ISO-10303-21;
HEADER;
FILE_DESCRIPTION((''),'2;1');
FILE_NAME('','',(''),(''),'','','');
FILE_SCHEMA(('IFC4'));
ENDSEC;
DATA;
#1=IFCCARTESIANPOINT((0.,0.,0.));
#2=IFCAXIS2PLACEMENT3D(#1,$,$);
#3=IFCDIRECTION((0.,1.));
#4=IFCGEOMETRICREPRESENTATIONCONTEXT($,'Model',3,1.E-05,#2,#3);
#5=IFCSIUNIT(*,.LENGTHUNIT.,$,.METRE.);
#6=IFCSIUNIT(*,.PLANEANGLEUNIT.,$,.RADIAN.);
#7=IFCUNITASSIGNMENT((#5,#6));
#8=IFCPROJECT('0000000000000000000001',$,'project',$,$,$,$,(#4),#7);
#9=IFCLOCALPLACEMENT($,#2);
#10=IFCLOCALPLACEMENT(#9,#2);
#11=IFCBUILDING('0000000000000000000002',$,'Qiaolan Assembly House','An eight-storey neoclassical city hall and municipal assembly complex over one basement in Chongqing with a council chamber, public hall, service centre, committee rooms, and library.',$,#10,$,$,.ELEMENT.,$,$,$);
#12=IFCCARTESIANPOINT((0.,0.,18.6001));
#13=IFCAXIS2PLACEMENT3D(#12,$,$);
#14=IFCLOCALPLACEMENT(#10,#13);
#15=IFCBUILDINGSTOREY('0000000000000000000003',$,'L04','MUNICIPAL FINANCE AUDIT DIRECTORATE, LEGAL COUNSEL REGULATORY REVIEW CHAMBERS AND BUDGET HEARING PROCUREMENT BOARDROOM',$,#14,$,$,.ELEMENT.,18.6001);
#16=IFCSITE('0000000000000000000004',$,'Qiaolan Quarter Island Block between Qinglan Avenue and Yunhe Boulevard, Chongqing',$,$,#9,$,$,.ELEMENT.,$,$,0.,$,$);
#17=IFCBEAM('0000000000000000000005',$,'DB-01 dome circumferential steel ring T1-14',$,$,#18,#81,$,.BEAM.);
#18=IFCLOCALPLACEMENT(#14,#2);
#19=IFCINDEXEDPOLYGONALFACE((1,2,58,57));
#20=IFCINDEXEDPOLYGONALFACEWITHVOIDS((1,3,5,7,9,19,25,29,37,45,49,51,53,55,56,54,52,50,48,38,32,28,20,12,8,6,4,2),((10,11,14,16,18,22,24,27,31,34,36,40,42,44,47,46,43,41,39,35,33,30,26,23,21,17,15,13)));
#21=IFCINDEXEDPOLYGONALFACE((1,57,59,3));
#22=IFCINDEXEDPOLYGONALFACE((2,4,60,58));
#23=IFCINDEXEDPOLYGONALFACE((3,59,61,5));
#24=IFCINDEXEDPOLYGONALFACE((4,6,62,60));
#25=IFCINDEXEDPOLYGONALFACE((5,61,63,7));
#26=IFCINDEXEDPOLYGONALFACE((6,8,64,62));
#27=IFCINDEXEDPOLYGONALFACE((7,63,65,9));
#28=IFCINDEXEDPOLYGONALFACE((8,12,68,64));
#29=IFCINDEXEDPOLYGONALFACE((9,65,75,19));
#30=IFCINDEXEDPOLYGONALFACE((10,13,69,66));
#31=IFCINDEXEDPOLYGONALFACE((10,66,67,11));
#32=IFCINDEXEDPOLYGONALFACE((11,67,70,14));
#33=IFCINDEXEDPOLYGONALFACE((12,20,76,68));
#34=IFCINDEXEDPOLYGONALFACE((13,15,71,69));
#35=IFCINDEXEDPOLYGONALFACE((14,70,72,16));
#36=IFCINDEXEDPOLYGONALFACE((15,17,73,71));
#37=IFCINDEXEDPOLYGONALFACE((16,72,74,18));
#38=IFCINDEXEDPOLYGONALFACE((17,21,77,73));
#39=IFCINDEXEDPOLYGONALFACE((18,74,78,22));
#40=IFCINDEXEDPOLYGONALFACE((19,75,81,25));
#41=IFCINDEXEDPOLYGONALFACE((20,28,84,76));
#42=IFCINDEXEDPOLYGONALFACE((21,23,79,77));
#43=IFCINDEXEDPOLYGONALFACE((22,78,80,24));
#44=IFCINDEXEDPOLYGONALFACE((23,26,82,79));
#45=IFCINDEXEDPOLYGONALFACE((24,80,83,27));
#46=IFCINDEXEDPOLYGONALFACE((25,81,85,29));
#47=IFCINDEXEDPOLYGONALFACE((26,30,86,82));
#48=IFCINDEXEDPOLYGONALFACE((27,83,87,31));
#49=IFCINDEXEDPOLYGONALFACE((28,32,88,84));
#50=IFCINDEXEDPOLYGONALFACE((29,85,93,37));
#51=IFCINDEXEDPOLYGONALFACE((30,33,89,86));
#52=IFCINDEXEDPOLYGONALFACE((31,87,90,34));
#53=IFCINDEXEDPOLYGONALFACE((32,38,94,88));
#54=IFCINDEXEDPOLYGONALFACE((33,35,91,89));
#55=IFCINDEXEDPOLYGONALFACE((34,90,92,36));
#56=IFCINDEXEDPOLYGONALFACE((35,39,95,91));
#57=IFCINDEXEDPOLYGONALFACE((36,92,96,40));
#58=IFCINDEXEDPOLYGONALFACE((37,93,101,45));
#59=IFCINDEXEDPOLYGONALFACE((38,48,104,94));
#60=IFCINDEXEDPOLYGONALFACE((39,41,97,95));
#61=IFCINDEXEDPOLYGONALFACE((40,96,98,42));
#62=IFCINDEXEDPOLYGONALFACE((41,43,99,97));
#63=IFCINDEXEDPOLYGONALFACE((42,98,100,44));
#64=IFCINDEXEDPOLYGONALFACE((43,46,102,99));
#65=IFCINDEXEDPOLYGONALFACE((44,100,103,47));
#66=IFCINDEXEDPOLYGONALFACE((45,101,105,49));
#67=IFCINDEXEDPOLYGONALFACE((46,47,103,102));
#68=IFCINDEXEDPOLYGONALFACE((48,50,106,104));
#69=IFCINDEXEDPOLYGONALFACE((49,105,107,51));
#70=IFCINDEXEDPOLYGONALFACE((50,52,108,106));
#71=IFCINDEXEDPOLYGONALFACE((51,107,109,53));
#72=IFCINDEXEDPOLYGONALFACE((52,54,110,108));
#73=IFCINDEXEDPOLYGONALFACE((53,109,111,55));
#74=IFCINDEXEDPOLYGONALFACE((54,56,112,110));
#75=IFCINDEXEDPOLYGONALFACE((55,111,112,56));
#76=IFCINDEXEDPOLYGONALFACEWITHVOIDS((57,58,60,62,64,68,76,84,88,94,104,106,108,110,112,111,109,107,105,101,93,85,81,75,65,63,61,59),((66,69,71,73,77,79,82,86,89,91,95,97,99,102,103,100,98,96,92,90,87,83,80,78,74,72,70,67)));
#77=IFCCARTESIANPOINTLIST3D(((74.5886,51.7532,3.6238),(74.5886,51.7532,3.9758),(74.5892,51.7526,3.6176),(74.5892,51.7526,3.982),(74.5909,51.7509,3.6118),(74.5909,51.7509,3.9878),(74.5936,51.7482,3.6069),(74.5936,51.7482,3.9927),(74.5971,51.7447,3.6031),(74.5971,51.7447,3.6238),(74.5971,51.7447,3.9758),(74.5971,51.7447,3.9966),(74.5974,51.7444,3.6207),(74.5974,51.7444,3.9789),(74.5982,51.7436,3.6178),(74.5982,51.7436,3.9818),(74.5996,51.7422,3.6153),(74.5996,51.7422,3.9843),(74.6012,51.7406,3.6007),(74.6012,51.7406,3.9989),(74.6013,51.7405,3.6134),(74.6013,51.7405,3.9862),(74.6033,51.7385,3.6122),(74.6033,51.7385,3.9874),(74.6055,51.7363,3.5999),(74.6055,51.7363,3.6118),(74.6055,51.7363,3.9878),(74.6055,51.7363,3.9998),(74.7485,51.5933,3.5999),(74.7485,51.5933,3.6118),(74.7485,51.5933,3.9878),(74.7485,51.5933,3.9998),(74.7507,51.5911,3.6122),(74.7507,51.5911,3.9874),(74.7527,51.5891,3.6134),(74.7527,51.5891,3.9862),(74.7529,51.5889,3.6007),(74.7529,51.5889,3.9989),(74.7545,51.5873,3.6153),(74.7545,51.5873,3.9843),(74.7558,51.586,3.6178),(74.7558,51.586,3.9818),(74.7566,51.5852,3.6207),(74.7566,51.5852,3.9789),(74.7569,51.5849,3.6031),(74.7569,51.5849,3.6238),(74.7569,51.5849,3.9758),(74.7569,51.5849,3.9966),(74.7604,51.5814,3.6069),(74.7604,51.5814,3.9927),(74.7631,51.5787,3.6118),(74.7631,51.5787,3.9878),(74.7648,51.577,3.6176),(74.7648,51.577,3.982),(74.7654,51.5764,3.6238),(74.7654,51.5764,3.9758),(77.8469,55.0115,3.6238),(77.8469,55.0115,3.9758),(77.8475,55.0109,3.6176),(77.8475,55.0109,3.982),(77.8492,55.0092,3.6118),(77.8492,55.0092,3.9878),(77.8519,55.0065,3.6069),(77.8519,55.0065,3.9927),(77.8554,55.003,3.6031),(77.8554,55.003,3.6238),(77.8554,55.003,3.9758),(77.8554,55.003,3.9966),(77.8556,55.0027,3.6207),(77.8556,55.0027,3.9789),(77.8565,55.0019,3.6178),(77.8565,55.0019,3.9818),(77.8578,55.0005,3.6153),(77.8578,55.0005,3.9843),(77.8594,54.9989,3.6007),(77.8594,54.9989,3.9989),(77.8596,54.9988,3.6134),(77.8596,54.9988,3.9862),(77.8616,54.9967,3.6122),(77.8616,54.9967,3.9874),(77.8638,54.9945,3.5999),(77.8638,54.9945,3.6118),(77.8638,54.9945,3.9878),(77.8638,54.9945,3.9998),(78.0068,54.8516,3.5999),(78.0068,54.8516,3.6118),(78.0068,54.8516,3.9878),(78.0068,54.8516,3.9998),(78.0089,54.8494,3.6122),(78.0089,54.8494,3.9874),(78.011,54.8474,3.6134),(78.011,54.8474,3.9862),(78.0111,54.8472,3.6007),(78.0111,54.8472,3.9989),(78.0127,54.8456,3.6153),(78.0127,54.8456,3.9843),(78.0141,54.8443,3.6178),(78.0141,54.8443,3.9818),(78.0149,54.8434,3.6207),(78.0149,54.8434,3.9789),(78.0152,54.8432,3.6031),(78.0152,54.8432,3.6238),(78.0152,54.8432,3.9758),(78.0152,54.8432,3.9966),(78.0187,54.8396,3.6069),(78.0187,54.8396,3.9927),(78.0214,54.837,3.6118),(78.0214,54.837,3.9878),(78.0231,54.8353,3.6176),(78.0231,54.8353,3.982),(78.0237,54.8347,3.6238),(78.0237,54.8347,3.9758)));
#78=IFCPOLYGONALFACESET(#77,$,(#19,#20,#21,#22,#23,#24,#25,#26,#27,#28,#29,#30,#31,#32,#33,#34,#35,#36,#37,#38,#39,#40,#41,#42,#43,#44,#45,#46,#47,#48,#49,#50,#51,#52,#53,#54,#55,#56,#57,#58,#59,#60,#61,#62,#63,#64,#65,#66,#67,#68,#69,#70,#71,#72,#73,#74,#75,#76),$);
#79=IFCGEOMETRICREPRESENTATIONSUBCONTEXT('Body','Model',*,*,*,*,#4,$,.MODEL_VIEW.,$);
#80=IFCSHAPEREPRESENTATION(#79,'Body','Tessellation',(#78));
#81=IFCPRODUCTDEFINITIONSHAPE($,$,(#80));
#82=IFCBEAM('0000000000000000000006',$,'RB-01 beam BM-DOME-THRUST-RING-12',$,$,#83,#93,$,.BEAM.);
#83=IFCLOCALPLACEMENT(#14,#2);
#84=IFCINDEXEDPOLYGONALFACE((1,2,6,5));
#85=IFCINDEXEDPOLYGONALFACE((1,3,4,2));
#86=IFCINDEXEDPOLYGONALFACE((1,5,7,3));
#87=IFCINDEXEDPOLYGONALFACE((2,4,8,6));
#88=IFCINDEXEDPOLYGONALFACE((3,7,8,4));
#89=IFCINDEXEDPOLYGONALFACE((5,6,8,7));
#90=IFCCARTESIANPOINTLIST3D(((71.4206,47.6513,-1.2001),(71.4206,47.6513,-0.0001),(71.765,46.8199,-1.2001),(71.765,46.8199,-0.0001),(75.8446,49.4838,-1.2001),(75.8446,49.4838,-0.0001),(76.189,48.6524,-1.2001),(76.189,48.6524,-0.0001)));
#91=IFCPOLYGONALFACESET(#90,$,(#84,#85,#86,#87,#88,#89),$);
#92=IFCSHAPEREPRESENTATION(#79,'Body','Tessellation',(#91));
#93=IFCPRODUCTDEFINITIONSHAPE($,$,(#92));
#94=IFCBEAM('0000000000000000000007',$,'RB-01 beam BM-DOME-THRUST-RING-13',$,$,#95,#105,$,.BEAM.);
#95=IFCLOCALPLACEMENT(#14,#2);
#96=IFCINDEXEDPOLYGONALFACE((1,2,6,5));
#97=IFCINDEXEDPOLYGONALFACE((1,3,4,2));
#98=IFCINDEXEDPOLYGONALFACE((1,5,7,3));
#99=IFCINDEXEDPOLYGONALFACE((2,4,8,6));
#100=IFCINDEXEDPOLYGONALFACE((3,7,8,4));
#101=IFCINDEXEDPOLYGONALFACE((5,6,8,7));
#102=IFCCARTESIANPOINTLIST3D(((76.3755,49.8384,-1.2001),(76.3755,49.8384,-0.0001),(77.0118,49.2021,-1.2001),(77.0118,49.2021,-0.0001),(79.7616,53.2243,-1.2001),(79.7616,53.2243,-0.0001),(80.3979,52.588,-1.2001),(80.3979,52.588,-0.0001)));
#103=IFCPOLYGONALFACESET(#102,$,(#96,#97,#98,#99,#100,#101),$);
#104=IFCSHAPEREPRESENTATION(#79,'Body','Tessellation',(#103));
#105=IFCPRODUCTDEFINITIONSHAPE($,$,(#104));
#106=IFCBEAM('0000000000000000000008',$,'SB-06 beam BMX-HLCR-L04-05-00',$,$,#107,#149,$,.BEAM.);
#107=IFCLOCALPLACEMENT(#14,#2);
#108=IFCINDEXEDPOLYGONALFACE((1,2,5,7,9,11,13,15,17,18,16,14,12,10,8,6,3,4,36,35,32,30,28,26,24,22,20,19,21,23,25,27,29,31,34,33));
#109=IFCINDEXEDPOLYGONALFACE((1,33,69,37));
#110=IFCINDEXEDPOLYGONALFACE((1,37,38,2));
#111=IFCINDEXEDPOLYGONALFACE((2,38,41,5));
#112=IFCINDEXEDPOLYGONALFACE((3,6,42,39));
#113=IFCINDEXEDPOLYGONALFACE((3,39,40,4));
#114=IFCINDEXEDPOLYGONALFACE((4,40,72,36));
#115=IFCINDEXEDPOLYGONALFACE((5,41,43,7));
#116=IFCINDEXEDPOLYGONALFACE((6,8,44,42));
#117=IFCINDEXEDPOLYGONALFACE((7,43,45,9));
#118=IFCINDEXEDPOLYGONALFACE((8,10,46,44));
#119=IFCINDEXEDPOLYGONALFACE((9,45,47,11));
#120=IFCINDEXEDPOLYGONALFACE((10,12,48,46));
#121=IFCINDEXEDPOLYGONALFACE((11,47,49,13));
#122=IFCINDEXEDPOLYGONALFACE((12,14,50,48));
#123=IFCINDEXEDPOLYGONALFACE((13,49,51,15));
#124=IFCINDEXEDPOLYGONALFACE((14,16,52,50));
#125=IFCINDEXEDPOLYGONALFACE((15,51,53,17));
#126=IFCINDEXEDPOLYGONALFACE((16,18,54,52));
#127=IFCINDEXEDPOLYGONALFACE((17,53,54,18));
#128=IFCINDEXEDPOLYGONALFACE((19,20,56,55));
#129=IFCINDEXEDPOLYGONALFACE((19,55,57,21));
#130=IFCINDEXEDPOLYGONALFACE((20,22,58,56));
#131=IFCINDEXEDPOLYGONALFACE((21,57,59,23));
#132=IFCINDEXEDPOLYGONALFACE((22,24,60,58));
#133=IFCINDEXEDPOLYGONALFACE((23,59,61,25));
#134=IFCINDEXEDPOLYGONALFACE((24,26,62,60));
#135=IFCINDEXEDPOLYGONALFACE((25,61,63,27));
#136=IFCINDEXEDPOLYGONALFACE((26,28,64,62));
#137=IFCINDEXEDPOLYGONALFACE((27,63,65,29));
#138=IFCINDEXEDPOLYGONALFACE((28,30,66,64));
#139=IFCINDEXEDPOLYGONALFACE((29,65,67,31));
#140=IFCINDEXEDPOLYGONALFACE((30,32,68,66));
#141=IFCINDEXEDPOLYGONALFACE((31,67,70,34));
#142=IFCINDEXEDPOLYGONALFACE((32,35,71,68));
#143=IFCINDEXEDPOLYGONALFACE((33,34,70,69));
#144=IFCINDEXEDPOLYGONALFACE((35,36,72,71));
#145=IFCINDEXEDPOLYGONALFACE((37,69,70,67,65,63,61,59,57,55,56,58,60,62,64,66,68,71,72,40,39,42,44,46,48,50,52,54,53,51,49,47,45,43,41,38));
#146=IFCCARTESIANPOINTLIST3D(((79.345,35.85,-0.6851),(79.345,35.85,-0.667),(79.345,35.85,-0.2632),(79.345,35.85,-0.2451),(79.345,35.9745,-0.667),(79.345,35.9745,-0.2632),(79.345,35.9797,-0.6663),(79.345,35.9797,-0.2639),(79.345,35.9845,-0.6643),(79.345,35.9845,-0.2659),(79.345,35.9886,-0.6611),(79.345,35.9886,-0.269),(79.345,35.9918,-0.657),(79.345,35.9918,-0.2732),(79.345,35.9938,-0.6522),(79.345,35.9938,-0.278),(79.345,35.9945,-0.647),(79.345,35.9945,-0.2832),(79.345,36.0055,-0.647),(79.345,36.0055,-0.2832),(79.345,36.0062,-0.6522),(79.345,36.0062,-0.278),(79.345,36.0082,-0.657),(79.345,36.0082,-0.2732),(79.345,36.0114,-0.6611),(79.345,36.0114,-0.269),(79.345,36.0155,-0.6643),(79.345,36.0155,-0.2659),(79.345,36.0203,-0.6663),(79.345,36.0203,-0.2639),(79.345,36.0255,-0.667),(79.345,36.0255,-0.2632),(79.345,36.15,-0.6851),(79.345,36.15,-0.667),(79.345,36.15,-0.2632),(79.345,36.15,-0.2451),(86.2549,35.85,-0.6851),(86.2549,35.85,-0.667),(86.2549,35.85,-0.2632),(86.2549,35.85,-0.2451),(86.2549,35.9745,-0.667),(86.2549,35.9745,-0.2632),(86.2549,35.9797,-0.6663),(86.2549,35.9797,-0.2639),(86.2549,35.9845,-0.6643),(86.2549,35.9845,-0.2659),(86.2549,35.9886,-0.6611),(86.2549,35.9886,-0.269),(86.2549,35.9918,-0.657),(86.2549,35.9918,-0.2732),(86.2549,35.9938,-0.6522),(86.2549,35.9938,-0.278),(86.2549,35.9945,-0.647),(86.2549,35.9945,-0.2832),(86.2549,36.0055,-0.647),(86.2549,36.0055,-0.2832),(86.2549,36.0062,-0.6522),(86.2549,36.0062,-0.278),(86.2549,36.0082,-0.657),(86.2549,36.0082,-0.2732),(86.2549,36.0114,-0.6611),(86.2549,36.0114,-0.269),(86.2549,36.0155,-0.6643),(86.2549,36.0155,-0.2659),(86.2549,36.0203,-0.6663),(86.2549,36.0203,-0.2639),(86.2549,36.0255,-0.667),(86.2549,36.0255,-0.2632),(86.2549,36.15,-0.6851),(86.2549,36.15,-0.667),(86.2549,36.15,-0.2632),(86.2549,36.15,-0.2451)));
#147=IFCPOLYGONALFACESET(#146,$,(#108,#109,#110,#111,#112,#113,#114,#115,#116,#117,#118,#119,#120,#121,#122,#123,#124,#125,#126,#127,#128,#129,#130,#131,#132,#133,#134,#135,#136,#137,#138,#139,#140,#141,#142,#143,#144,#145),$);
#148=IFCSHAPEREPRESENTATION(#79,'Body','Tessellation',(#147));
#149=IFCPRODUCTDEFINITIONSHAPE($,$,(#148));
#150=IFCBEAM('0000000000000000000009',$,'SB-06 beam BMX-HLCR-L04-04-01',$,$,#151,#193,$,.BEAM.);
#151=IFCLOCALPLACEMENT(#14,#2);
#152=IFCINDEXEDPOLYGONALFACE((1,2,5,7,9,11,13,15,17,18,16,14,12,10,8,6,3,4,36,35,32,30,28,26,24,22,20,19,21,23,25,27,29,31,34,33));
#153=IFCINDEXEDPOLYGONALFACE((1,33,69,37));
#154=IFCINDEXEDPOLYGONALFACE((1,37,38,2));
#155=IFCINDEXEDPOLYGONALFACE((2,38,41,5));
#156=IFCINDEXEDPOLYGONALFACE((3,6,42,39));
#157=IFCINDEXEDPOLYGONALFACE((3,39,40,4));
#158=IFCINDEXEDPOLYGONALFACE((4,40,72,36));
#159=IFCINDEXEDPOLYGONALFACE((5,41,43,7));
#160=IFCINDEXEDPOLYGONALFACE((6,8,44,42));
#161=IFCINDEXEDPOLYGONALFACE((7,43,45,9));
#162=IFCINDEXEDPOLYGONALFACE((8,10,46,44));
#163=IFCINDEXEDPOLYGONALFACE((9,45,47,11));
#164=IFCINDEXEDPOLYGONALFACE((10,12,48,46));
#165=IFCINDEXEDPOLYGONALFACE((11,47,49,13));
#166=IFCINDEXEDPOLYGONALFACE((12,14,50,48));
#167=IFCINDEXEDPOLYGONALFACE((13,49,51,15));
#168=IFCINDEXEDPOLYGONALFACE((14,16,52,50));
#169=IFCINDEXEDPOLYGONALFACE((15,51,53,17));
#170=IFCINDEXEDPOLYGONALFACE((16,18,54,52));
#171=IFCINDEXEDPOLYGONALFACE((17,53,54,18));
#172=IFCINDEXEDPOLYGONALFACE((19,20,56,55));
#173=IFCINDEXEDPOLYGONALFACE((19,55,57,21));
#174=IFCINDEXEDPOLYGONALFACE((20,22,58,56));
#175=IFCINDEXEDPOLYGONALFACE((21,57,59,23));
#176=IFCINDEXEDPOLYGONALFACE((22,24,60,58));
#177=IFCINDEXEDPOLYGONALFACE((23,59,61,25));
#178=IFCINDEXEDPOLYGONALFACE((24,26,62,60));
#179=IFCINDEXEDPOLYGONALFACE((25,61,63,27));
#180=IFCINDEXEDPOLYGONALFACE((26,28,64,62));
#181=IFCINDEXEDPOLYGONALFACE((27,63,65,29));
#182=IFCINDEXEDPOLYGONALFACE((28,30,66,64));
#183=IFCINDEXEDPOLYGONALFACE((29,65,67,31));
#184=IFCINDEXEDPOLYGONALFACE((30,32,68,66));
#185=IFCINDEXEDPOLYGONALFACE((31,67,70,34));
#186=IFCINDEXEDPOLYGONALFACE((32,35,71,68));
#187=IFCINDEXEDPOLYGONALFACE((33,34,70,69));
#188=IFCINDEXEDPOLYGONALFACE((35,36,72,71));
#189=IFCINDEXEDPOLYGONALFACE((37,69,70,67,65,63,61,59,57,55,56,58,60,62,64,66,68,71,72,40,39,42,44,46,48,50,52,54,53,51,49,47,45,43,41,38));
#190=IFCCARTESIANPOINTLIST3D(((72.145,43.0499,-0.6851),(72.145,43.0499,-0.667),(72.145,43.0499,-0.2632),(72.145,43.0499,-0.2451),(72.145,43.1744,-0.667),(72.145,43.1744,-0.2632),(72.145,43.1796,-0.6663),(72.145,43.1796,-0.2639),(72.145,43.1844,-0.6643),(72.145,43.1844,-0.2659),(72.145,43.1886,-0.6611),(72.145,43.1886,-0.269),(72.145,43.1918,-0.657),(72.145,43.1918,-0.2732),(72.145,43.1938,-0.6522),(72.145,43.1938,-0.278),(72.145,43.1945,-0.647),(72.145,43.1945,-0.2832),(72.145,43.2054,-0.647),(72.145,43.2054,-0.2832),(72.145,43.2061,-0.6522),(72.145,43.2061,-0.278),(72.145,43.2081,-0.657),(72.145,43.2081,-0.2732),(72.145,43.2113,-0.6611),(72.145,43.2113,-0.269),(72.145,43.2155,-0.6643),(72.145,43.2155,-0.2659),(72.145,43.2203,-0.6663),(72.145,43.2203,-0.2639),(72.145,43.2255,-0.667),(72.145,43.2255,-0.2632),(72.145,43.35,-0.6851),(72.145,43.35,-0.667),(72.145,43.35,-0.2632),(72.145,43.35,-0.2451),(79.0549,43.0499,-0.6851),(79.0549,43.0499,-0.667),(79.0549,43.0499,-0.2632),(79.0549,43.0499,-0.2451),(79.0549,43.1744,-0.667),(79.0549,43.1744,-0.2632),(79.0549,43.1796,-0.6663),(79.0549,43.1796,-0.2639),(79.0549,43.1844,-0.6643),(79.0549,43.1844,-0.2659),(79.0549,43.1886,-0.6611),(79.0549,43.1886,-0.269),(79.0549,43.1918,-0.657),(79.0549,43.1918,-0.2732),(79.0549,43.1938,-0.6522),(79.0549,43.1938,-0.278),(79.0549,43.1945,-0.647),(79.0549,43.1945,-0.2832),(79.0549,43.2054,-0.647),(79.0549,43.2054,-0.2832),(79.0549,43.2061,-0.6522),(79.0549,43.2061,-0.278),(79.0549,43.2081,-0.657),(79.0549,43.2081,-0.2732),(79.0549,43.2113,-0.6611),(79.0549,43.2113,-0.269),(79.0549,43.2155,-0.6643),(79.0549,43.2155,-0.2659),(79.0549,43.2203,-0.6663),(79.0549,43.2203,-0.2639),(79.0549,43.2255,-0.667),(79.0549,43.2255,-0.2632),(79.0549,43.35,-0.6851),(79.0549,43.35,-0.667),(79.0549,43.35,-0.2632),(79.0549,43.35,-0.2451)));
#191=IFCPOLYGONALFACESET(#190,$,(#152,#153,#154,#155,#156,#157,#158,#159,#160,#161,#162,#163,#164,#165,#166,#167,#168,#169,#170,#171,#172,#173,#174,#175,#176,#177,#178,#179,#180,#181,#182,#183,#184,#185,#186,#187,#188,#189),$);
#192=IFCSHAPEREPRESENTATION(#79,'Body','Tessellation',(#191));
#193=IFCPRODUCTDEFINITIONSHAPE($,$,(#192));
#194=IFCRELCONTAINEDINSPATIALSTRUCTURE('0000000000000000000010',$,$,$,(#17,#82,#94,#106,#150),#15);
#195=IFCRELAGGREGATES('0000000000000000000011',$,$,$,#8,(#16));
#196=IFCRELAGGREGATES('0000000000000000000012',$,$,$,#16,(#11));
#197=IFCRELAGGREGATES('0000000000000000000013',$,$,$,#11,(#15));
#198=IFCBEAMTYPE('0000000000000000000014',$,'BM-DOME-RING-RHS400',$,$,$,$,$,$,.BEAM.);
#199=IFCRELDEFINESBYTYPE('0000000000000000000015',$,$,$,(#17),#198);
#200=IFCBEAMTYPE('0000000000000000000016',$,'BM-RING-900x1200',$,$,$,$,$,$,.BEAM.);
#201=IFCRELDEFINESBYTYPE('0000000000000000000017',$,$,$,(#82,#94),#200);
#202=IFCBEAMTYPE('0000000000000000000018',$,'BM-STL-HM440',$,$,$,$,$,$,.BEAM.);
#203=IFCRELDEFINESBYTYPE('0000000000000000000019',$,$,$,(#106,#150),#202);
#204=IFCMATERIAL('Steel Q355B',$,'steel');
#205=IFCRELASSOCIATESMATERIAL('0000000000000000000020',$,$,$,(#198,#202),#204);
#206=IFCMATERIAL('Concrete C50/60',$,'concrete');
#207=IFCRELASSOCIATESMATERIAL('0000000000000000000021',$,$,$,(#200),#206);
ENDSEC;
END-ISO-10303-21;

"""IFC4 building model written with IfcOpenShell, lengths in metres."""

from ifc_helpers import new_model, si_unit, direction, frame, origin, origin_2d, place, context, subcontext, project, spatial, rectangle, hollow_rectangle, i_section, extrude, material, material_profile, profile_set, type_object, element, save


model = new_model("IFC4")

# Units and contexts
model_context = context("Model", 3, precision=1e-05, world=origin(), true_north=direction((0.0, 1.0)))
body_context = subcontext(model_context, "Body", "Model", "MODEL_VIEW")
ifc_project = project(units=[si_unit("LENGTHUNIT", "METRE"), si_unit("PLANEANGLEUNIT", "RADIAN")], contexts=[model_context])

# Site, building, storey
site_placement = place(None, origin())
site = spatial("IfcSite", under=ifc_project, at=site_placement, Name="Qiaolan Quarter Island Block between Qinglan Avenue and Yunhe Boulevard, Chongqing", CompositionType="ELEMENT", RefElevation=0.0)
building_placement = place(site_placement, origin())
building = spatial("IfcBuilding", under=site, at=building_placement, Name="Qiaolan Assembly House", Description="An eight-storey neoclassical city hall and municipal assembly complex over one basement in Chongqing with a council chamber, public hall, service centre, committee rooms, and library.", CompositionType="ELEMENT")
storey_placement = place(building_placement, frame((0.0, 0.0, 18.6001)))
storey = spatial("IfcBuildingStorey", under=building, at=storey_placement, Name="L04", Description="MUNICIPAL FINANCE AUDIT DIRECTORATE, LEGAL COUNSEL REGULATORY REVIEW CHAMBERS AND BUDGET HEARING PROCUREMENT BOARDROOM", CompositionType="ELEMENT", Elevation=18.6001)

# Beams
ifc_material_1 = material(Name="Steel Q355B", Category="steel")
ifc_material_profile_1 = material_profile(ifc_material_1, hollow_rectangle(XDim=0.25, YDim=0.3999, WallThickness=0.012, InnerFilletRadius=0.012, OuterFilletRadius=0.0239, at=origin_2d()), Name="RHS 400x250x12")
ifc_profile_set_1 = profile_set([ifc_material_profile_1], Name="Steel Q355B")
beam_type_1 = type_object("IfcBeamType", Name="BM-DOME-RING-RHS400", PredefinedType="BEAM", material=ifc_profile_set_1)
beam_placement = place(storey_placement, frame((74.677, 51.6648, 3.7998), z_axis=(0.707107, 0.707107, 0.0), x_axis=(-0.707107, 0.707107, 0.0)))
element("IfcBeam", 1, at=beam_placement, inside=storey, type_object=beam_type_1, Name="DB-01 dome circumferential steel ring T1-14", PredefinedType="BEAM", context=body_context, shape_type="SweptSolid", body=[
    extrude(hollow_rectangle(XDim=0.25, YDim=0.3999, WallThickness=0.012, InnerFilletRadius=0.012, OuterFilletRadius=0.0239, at=origin_2d()), origin(), (0.0, 0.0, 1.0), 4.6079),
])
ifc_material_2 = material(Name="Concrete C50/60", Category="concrete")
ifc_material_profile_2 = material_profile(ifc_material_2, rectangle(XDim=0.8999, YDim=1.2, at=origin_2d()), Name="RCB 900x1200")
ifc_profile_set_2 = profile_set([ifc_material_profile_2], Name="Concrete C50/60")
beam_type_2 = type_object("IfcBeamType", Name="BM-RING-900x1200", PredefinedType="BEAM", material=ifc_profile_set_2)
for number, where, z_axis, x_axis, name in (
    (2, (71.5928, 47.2356, -0.6001), (0.923879, 0.382685, 0.0), (-0.382685, 0.923879, 0.0), "RB-01 beam BM-DOME-THRUST-RING-12"),
    (3, (76.6936, 49.5203, -0.6001), (0.707132, 0.707081, 0.0), (-0.707081, 0.707132, 0.0), "RB-01 beam BM-DOME-THRUST-RING-13"),
):
    element("IfcBeam", number, at=place(storey_placement, frame(where, z_axis=z_axis, x_axis=x_axis)), inside=storey, type_object=beam_type_2, Name=name, PredefinedType="BEAM", context=body_context, shape_type="SweptSolid", body=[
        extrude(rectangle(XDim=0.8999, YDim=1.2, at=origin_2d()), origin(), (0.0, 0.0, 1.0), 4.7886),
    ])
ifc_material_profile_3 = material_profile(ifc_material_1, i_section(OverallWidth=0.3, OverallDepth=0.4399, WebThickness=0.011, FlangeThickness=0.0181, FilletRadius=0.02, at=origin_2d()), Name="HM 440x300x11x18")
ifc_profile_set_3 = profile_set([ifc_material_profile_3], Name="Steel Q355B")
beam_type_3 = type_object("IfcBeamType", Name="BM-STL-HM440", PredefinedType="BEAM", material=ifc_profile_set_3)
for number, where, z_axis, x_axis, name in (
    (4, (79.345, 36.0, -0.4651), (1.0, 0.0, 0.0), (0.0, 1.0, 0.0), "SB-06 beam BMX-HLCR-L04-05-00"),
    (5, (72.145, 43.2, -0.4651), (1.0, 0.0, 0.0), (0.0, 1.0, 0.0), "SB-06 beam BMX-HLCR-L04-04-01"),
):
    element("IfcBeam", number, at=place(storey_placement, frame(where, z_axis=z_axis, x_axis=x_axis)), inside=storey, type_object=beam_type_3, Name=name, PredefinedType="BEAM", context=body_context, shape_type="SweptSolid", body=[
        extrude(i_section(OverallWidth=0.3, OverallDepth=0.4399, WebThickness=0.011, FlangeThickness=0.0181, FilletRadius=0.02, at=origin_2d()), origin(), (0.0, 0.0, 1.0), 6.9099),
    ])

save(model, "model.ifc")
